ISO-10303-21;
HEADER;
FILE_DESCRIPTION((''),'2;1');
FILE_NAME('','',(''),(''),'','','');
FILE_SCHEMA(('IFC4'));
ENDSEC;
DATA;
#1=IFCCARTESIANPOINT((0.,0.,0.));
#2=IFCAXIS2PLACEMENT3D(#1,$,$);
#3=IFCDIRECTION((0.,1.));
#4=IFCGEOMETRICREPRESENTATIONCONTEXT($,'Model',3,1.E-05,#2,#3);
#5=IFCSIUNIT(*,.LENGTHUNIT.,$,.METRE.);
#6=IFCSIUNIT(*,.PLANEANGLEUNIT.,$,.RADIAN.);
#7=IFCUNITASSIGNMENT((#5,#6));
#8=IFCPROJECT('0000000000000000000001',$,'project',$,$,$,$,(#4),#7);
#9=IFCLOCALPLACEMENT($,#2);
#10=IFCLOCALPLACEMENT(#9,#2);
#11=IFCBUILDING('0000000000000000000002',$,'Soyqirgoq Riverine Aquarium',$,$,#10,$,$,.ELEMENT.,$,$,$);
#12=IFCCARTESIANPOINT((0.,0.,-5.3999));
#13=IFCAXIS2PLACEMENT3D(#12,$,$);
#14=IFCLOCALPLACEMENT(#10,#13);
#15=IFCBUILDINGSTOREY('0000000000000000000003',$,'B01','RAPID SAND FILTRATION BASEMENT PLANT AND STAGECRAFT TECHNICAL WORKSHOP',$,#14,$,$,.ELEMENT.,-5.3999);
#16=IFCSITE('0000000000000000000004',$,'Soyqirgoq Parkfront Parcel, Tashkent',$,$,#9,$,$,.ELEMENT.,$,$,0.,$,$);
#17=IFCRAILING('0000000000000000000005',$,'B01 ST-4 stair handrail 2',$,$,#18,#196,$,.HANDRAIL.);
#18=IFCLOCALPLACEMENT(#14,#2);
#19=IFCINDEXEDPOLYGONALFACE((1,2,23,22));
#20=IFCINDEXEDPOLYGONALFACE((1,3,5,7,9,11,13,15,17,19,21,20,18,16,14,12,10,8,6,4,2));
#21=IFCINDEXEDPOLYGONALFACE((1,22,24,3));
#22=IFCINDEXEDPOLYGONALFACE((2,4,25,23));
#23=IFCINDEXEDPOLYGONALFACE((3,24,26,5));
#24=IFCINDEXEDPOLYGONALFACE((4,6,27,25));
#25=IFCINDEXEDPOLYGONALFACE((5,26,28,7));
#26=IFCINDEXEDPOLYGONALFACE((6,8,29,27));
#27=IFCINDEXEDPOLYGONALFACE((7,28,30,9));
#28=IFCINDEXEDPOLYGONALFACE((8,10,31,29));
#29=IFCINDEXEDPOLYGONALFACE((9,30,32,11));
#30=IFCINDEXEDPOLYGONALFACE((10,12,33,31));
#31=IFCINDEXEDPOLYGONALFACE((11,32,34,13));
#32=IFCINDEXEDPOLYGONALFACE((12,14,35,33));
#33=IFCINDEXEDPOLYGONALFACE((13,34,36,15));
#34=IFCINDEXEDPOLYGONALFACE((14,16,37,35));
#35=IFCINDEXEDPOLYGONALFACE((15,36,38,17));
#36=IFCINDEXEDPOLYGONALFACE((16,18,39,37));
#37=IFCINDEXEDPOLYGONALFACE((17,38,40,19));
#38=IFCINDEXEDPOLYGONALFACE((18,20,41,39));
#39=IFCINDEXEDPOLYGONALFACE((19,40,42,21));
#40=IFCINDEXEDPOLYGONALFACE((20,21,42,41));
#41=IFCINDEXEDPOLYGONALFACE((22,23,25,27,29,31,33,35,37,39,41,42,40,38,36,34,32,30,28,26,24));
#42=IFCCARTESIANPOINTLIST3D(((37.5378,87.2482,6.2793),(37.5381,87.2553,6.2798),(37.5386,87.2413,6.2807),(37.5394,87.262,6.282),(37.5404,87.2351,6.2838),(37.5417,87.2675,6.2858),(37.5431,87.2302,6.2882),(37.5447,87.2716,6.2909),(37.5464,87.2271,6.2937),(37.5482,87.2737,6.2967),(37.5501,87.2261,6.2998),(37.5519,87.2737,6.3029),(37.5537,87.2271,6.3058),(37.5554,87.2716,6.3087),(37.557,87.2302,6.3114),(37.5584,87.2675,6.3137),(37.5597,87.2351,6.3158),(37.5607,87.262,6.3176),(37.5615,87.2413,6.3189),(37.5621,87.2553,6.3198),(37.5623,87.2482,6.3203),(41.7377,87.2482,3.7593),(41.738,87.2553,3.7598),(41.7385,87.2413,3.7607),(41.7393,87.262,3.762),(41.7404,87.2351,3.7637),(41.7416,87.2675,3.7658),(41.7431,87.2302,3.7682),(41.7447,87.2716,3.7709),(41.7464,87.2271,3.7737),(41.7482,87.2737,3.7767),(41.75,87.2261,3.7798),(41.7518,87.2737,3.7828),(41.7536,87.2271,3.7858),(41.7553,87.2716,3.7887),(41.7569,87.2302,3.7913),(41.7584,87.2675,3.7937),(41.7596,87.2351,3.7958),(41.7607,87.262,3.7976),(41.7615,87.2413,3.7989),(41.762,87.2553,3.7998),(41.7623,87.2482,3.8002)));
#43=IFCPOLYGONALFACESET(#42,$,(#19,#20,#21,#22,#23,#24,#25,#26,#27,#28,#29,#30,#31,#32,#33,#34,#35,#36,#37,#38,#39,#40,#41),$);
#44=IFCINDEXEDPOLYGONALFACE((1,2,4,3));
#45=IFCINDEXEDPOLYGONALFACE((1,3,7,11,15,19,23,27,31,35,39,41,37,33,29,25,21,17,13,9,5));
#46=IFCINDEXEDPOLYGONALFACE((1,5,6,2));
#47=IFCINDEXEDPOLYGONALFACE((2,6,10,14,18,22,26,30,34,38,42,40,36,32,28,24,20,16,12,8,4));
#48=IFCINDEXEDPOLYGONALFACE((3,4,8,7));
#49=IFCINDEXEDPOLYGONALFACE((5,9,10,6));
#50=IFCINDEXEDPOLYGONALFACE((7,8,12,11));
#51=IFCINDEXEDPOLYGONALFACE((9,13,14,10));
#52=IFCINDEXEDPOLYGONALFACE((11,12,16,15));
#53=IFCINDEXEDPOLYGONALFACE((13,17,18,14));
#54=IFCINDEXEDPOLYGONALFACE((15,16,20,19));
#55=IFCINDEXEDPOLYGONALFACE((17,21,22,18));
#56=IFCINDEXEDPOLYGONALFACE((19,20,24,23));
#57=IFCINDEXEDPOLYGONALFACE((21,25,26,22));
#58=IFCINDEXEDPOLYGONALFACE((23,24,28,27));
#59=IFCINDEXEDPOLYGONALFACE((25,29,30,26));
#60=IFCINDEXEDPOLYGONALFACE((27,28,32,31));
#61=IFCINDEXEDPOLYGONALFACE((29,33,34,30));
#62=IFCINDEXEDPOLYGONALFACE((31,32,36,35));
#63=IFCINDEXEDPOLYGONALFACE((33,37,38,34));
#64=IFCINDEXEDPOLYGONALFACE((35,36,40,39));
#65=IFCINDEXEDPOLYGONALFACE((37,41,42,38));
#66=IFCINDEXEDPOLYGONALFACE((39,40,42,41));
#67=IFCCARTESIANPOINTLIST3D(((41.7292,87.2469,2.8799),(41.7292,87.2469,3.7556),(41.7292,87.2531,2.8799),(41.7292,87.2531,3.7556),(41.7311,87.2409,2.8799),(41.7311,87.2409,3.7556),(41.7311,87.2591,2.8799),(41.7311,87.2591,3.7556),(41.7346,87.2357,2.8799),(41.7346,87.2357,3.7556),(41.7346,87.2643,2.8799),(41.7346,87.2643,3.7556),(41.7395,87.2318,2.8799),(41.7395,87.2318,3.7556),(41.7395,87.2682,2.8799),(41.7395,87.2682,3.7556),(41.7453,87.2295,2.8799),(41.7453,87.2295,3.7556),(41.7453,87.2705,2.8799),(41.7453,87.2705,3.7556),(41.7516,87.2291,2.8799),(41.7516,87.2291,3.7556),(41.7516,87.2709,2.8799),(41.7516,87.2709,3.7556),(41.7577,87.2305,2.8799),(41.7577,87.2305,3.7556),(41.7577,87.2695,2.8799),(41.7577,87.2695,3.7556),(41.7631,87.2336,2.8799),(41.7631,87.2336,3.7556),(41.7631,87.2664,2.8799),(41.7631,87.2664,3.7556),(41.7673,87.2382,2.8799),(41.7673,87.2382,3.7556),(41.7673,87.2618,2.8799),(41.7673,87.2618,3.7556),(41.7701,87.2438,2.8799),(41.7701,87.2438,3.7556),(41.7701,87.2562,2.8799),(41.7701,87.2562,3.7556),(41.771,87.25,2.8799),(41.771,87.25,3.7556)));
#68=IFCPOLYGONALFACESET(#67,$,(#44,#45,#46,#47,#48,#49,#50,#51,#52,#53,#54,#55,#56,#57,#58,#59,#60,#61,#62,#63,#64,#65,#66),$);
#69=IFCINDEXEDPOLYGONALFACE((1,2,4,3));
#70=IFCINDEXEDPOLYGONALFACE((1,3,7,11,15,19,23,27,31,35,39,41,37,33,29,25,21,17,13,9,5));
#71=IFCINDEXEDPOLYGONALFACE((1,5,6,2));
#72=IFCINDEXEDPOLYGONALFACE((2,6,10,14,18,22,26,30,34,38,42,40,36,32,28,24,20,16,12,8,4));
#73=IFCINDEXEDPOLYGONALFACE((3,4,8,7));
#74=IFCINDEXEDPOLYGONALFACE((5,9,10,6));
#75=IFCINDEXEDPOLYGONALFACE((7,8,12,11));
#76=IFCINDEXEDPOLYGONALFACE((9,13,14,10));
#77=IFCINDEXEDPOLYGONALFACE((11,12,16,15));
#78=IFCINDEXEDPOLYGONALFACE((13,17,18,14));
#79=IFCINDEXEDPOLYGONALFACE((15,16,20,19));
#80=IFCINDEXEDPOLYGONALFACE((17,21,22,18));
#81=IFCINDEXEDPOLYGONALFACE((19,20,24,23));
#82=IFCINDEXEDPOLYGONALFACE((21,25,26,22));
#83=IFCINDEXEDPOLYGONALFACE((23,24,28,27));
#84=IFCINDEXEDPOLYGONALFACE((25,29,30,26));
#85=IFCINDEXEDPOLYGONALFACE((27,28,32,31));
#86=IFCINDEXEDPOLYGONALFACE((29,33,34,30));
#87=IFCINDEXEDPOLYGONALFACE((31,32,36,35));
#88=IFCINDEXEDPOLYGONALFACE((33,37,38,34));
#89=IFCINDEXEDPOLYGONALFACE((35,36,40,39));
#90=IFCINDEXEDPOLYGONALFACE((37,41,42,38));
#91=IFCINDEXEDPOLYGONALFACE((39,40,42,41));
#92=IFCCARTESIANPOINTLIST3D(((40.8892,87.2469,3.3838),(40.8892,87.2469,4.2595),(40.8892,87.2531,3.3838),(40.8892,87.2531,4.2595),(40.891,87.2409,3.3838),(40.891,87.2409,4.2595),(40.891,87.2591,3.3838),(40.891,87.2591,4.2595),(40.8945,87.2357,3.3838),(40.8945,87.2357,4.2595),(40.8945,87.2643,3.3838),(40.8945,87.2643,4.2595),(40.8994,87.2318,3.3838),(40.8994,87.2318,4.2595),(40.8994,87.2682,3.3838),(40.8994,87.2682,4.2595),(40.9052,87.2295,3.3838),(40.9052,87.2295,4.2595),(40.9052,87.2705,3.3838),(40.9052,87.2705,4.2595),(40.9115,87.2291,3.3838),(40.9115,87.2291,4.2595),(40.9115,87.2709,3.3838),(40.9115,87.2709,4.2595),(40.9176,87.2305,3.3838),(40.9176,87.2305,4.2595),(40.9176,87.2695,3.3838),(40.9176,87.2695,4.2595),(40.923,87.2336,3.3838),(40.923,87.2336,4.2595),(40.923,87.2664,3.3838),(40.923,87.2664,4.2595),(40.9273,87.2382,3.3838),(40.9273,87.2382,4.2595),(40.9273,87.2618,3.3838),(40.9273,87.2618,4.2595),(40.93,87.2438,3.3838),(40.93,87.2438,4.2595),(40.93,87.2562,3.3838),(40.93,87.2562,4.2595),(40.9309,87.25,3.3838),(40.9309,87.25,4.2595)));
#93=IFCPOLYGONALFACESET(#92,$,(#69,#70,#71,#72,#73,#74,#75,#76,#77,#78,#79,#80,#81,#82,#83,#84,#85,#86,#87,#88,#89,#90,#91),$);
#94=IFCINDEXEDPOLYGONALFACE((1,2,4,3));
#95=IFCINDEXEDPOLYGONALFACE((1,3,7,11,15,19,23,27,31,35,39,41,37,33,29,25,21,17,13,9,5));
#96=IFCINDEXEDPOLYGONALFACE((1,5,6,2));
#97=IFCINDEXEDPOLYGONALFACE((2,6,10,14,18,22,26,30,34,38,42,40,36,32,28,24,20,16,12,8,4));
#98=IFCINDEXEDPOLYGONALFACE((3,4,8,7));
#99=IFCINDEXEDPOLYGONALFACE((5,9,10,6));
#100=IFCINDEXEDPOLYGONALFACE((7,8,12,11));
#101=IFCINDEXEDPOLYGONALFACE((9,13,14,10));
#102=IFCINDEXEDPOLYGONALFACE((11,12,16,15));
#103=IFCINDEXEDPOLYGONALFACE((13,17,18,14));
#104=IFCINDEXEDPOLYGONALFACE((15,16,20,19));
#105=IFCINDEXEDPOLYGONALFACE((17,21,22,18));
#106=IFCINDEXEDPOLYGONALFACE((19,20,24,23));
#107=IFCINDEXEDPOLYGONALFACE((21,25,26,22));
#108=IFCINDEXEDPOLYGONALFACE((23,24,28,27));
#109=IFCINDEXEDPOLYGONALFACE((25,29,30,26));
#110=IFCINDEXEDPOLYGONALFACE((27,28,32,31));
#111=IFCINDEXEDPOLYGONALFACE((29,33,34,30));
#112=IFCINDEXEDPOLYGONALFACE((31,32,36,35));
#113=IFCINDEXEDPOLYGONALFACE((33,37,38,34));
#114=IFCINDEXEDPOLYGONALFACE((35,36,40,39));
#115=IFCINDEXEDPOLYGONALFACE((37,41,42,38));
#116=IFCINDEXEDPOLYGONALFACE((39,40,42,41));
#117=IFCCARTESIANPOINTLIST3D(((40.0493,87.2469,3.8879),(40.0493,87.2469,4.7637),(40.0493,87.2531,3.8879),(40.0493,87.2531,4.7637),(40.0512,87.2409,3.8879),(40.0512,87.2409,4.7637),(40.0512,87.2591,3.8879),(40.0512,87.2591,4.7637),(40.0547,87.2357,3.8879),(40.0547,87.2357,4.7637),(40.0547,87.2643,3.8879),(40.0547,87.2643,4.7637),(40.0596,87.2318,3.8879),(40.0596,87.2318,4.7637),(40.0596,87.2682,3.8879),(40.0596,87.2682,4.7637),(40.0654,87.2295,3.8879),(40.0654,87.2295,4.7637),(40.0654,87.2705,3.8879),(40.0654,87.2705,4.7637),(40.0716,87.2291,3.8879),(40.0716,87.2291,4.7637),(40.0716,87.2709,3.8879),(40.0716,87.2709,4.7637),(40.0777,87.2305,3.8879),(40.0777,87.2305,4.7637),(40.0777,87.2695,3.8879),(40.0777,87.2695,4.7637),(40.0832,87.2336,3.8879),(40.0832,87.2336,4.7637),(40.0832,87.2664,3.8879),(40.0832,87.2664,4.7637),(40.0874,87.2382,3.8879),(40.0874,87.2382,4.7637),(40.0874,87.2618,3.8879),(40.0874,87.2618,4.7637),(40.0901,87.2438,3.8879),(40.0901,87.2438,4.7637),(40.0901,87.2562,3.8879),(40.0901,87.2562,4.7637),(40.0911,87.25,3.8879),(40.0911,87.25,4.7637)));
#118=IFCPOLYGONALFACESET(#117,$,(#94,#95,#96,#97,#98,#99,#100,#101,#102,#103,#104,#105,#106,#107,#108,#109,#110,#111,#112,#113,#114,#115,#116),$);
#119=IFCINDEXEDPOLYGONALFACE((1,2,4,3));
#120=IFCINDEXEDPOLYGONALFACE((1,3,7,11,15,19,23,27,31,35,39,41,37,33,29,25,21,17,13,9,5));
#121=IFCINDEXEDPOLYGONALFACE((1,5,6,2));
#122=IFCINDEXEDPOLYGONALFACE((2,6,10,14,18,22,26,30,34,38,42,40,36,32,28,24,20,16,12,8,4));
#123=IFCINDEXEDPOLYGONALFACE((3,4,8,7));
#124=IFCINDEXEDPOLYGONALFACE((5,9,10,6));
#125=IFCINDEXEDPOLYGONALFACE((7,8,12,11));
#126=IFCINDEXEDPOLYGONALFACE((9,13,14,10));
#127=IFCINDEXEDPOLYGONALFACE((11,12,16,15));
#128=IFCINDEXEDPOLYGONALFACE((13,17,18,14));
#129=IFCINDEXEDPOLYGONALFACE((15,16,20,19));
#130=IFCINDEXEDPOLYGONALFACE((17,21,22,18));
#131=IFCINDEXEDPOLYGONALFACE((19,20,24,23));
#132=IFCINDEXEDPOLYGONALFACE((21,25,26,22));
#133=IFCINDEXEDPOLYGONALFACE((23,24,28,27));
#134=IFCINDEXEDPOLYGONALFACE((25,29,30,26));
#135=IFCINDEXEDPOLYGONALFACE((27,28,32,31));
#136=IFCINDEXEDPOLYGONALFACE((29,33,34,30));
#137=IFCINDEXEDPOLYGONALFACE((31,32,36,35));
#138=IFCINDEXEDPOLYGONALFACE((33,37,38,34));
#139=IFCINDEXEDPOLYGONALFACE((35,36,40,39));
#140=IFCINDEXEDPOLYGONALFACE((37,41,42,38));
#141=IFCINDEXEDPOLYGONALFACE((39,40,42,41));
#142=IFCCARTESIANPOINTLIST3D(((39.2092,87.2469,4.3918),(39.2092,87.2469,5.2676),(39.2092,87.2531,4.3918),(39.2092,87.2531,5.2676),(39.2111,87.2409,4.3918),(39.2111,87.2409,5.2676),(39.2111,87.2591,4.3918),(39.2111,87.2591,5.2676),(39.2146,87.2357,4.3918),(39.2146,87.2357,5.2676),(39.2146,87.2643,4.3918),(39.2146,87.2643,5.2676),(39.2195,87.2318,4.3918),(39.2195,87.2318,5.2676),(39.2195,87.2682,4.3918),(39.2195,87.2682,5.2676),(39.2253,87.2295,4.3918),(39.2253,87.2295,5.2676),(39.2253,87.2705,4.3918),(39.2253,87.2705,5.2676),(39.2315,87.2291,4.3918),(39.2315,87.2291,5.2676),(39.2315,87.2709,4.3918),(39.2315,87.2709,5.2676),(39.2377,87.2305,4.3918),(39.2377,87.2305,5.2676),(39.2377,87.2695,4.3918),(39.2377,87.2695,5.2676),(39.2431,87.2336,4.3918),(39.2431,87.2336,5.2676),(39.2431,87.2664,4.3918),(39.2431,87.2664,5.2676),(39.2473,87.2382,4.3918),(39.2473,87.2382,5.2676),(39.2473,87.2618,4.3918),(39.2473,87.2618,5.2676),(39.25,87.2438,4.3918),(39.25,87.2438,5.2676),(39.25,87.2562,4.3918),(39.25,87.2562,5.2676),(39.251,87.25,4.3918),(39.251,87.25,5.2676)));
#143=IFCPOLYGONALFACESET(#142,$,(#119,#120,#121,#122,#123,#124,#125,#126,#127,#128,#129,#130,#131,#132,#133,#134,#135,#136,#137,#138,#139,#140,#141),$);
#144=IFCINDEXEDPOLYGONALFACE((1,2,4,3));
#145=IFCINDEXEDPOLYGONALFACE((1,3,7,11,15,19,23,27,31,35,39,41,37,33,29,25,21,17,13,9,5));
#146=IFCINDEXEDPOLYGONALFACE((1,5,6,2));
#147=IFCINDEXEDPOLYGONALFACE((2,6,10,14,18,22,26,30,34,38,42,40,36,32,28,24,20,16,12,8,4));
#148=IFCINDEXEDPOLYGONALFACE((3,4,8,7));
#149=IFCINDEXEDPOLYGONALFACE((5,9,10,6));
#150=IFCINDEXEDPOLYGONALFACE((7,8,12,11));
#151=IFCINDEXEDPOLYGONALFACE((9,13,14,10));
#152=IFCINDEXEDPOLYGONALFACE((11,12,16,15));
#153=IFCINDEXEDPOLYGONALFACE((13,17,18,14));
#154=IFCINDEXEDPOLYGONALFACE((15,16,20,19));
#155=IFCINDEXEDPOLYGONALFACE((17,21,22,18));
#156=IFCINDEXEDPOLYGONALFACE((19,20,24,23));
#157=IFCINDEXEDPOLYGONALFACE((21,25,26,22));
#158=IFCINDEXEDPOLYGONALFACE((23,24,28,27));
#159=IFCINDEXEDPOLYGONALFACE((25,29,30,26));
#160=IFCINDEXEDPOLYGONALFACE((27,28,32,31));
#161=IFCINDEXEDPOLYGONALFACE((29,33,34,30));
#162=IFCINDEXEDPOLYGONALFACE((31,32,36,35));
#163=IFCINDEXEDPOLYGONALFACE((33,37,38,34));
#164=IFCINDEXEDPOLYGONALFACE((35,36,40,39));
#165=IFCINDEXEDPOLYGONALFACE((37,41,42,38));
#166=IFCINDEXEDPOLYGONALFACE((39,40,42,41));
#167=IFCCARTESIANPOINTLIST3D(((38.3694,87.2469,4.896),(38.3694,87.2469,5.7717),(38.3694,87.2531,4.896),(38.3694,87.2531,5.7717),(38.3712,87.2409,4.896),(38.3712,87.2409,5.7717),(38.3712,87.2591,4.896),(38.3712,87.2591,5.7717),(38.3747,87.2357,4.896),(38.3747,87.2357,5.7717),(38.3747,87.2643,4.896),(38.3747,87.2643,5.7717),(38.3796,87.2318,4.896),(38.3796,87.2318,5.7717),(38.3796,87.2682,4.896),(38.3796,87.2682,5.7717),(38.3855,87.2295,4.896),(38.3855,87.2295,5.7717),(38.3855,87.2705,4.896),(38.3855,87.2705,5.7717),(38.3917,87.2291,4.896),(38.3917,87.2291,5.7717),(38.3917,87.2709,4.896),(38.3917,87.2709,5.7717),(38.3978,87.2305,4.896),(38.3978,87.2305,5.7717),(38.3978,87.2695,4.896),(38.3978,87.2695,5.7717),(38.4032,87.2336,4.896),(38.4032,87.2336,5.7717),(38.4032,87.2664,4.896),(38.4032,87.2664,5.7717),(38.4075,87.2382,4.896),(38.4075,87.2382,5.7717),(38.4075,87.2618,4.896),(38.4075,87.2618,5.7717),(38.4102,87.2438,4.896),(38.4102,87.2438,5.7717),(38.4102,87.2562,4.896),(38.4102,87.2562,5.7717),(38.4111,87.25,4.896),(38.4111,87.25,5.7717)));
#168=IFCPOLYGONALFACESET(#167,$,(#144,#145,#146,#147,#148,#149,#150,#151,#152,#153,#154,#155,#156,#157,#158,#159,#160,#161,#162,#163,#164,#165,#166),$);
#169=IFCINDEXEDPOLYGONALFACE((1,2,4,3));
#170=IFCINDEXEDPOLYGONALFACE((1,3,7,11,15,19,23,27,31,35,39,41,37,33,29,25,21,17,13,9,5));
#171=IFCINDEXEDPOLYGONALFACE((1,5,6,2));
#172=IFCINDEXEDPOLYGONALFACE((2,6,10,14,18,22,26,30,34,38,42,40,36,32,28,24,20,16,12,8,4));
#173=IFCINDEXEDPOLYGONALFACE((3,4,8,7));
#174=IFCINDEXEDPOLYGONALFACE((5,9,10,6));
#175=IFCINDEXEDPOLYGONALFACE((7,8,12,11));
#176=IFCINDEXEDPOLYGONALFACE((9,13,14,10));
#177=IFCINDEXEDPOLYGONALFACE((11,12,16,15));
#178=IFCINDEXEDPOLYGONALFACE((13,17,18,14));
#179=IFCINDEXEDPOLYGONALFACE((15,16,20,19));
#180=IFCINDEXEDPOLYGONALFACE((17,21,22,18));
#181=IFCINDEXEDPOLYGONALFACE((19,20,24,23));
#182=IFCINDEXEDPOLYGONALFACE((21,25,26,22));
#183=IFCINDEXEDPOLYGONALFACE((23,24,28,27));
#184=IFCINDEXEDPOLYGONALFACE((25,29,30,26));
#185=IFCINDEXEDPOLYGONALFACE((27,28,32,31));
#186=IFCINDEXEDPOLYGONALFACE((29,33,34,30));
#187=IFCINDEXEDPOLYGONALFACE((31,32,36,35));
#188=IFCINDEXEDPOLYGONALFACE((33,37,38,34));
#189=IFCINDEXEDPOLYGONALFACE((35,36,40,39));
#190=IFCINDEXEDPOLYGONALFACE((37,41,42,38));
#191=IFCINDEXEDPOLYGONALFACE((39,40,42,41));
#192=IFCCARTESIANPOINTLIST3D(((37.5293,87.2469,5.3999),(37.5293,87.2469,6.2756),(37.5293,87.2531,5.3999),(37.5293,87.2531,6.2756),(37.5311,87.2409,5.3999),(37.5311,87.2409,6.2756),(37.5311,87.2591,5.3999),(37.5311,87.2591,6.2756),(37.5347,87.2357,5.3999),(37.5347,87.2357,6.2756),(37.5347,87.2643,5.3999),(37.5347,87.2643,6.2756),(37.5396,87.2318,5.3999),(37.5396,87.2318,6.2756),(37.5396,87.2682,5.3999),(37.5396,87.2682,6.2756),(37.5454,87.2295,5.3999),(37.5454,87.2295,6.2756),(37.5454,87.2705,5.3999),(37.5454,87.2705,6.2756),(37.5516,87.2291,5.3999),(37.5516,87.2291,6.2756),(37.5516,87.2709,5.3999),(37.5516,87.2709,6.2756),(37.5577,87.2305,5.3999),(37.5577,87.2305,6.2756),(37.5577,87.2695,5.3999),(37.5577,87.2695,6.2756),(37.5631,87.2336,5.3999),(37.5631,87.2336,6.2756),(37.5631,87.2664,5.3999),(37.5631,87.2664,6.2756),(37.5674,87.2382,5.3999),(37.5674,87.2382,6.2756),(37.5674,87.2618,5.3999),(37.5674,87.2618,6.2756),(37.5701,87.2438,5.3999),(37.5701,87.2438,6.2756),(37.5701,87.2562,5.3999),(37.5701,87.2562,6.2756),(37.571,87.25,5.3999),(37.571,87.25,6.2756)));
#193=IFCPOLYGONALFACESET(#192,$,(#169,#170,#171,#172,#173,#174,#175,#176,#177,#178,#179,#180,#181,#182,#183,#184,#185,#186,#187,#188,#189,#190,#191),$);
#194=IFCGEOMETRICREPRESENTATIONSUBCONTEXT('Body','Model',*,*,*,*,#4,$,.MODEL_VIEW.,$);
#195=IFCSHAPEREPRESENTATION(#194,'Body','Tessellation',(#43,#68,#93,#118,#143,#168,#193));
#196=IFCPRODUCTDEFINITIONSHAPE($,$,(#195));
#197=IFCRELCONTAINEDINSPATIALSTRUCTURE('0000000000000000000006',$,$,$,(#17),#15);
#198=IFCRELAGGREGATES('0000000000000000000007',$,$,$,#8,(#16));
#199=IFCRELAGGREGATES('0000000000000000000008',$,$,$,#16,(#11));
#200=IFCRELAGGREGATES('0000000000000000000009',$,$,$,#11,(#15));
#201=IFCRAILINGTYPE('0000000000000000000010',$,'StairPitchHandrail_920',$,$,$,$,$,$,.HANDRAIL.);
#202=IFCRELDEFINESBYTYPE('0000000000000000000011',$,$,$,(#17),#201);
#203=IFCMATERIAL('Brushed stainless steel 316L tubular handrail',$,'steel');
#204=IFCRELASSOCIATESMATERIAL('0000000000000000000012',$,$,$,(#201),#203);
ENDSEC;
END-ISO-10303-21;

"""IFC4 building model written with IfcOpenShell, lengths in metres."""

from ifc_helpers import new_model, si_unit, direction, frame, origin, origin_2d, place, context, subcontext, project, spatial, circle, extrude, material, type_object, element, save


model = new_model("IFC4")

# Units and contexts
model_context = context("Model", 3, precision=1e-05, world=origin(), true_north=direction((0.0, 1.0)))
body_context = subcontext(model_context, "Body", "Model", "MODEL_VIEW")
ifc_project = project(units=[si_unit("LENGTHUNIT", "METRE"), si_unit("PLANEANGLEUNIT", "RADIAN")], contexts=[model_context])

# Site, building, storey
site_placement = place(None, origin())
site = spatial("IfcSite", under=ifc_project, at=site_placement, Name="Soyqirgoq Parkfront Parcel, Tashkent", CompositionType="ELEMENT", RefElevation=0.0)
building_placement = place(site_placement, origin())
building = spatial("IfcBuilding", under=site, at=building_placement, Name="Soyqirgoq Riverine Aquarium", CompositionType="ELEMENT")
storey_placement = place(building_placement, frame((0.0, 0.0, -5.3999)))
storey = spatial("IfcBuildingStorey", under=building, at=storey_placement, Name="B01", Description="RAPID SAND FILTRATION BASEMENT PLANT AND STAGECRAFT TECHNICAL WORKSHOP", CompositionType="ELEMENT", Elevation=-5.3999)

# Railing
ifc_material_1 = material(Name="Brushed stainless steel 316L tubular handrail", Category="steel")
railing_type_1 = type_object("IfcRailingType", Name="StairPitchHandrail_920", PredefinedType="HANDRAIL", material=ifc_material_1)
railing_1_placement = place(storey_placement, frame((41.75, 87.25, 2.8799)))
element("IfcRailing", 1, at=railing_1_placement, inside=storey, type_object=railing_type_1, Name="B01 ST-4 stair handrail 2", PredefinedType="HANDRAIL", context=body_context, shape_type="SweptSolid", body=[
    extrude(circle(Radius=0.0239, at=origin_2d()), frame((0.0, 0.0, 0.8999), z_axis=(-0.857489, 0.0, 0.514503), x_axis=(0.0, -1.0, 0.0)), (0.0, 0.0, 1.0), 4.8979),
    extrude(circle(Radius=0.021, at=origin_2d()), origin(), (0.0, 0.0, 1.0), 0.8757),
    extrude(circle(Radius=0.021, at=origin_2d()), frame((-0.8401, 0.0, 0.5039)), (0.0, 0.0, 1.0), 0.8757),
    extrude(circle(Radius=0.021, at=origin_2d()), frame((-1.6799, 0.0, 1.0081)), (0.0, 0.0, 1.0), 0.8757),
    extrude(circle(Radius=0.021, at=origin_2d()), frame((-2.52, 0.0, 1.512)), (0.0, 0.0, 1.0), 0.8757),
    extrude(circle(Radius=0.021, at=origin_2d()), frame((-3.3599, 0.0, 2.0161)), (0.0, 0.0, 1.0), 0.8757),
    extrude(circle(Radius=0.021, at=origin_2d()), frame((-4.2, 0.0, 2.52)), (0.0, 0.0, 1.0), 0.8757),
])

save(model, "model.ifc")
